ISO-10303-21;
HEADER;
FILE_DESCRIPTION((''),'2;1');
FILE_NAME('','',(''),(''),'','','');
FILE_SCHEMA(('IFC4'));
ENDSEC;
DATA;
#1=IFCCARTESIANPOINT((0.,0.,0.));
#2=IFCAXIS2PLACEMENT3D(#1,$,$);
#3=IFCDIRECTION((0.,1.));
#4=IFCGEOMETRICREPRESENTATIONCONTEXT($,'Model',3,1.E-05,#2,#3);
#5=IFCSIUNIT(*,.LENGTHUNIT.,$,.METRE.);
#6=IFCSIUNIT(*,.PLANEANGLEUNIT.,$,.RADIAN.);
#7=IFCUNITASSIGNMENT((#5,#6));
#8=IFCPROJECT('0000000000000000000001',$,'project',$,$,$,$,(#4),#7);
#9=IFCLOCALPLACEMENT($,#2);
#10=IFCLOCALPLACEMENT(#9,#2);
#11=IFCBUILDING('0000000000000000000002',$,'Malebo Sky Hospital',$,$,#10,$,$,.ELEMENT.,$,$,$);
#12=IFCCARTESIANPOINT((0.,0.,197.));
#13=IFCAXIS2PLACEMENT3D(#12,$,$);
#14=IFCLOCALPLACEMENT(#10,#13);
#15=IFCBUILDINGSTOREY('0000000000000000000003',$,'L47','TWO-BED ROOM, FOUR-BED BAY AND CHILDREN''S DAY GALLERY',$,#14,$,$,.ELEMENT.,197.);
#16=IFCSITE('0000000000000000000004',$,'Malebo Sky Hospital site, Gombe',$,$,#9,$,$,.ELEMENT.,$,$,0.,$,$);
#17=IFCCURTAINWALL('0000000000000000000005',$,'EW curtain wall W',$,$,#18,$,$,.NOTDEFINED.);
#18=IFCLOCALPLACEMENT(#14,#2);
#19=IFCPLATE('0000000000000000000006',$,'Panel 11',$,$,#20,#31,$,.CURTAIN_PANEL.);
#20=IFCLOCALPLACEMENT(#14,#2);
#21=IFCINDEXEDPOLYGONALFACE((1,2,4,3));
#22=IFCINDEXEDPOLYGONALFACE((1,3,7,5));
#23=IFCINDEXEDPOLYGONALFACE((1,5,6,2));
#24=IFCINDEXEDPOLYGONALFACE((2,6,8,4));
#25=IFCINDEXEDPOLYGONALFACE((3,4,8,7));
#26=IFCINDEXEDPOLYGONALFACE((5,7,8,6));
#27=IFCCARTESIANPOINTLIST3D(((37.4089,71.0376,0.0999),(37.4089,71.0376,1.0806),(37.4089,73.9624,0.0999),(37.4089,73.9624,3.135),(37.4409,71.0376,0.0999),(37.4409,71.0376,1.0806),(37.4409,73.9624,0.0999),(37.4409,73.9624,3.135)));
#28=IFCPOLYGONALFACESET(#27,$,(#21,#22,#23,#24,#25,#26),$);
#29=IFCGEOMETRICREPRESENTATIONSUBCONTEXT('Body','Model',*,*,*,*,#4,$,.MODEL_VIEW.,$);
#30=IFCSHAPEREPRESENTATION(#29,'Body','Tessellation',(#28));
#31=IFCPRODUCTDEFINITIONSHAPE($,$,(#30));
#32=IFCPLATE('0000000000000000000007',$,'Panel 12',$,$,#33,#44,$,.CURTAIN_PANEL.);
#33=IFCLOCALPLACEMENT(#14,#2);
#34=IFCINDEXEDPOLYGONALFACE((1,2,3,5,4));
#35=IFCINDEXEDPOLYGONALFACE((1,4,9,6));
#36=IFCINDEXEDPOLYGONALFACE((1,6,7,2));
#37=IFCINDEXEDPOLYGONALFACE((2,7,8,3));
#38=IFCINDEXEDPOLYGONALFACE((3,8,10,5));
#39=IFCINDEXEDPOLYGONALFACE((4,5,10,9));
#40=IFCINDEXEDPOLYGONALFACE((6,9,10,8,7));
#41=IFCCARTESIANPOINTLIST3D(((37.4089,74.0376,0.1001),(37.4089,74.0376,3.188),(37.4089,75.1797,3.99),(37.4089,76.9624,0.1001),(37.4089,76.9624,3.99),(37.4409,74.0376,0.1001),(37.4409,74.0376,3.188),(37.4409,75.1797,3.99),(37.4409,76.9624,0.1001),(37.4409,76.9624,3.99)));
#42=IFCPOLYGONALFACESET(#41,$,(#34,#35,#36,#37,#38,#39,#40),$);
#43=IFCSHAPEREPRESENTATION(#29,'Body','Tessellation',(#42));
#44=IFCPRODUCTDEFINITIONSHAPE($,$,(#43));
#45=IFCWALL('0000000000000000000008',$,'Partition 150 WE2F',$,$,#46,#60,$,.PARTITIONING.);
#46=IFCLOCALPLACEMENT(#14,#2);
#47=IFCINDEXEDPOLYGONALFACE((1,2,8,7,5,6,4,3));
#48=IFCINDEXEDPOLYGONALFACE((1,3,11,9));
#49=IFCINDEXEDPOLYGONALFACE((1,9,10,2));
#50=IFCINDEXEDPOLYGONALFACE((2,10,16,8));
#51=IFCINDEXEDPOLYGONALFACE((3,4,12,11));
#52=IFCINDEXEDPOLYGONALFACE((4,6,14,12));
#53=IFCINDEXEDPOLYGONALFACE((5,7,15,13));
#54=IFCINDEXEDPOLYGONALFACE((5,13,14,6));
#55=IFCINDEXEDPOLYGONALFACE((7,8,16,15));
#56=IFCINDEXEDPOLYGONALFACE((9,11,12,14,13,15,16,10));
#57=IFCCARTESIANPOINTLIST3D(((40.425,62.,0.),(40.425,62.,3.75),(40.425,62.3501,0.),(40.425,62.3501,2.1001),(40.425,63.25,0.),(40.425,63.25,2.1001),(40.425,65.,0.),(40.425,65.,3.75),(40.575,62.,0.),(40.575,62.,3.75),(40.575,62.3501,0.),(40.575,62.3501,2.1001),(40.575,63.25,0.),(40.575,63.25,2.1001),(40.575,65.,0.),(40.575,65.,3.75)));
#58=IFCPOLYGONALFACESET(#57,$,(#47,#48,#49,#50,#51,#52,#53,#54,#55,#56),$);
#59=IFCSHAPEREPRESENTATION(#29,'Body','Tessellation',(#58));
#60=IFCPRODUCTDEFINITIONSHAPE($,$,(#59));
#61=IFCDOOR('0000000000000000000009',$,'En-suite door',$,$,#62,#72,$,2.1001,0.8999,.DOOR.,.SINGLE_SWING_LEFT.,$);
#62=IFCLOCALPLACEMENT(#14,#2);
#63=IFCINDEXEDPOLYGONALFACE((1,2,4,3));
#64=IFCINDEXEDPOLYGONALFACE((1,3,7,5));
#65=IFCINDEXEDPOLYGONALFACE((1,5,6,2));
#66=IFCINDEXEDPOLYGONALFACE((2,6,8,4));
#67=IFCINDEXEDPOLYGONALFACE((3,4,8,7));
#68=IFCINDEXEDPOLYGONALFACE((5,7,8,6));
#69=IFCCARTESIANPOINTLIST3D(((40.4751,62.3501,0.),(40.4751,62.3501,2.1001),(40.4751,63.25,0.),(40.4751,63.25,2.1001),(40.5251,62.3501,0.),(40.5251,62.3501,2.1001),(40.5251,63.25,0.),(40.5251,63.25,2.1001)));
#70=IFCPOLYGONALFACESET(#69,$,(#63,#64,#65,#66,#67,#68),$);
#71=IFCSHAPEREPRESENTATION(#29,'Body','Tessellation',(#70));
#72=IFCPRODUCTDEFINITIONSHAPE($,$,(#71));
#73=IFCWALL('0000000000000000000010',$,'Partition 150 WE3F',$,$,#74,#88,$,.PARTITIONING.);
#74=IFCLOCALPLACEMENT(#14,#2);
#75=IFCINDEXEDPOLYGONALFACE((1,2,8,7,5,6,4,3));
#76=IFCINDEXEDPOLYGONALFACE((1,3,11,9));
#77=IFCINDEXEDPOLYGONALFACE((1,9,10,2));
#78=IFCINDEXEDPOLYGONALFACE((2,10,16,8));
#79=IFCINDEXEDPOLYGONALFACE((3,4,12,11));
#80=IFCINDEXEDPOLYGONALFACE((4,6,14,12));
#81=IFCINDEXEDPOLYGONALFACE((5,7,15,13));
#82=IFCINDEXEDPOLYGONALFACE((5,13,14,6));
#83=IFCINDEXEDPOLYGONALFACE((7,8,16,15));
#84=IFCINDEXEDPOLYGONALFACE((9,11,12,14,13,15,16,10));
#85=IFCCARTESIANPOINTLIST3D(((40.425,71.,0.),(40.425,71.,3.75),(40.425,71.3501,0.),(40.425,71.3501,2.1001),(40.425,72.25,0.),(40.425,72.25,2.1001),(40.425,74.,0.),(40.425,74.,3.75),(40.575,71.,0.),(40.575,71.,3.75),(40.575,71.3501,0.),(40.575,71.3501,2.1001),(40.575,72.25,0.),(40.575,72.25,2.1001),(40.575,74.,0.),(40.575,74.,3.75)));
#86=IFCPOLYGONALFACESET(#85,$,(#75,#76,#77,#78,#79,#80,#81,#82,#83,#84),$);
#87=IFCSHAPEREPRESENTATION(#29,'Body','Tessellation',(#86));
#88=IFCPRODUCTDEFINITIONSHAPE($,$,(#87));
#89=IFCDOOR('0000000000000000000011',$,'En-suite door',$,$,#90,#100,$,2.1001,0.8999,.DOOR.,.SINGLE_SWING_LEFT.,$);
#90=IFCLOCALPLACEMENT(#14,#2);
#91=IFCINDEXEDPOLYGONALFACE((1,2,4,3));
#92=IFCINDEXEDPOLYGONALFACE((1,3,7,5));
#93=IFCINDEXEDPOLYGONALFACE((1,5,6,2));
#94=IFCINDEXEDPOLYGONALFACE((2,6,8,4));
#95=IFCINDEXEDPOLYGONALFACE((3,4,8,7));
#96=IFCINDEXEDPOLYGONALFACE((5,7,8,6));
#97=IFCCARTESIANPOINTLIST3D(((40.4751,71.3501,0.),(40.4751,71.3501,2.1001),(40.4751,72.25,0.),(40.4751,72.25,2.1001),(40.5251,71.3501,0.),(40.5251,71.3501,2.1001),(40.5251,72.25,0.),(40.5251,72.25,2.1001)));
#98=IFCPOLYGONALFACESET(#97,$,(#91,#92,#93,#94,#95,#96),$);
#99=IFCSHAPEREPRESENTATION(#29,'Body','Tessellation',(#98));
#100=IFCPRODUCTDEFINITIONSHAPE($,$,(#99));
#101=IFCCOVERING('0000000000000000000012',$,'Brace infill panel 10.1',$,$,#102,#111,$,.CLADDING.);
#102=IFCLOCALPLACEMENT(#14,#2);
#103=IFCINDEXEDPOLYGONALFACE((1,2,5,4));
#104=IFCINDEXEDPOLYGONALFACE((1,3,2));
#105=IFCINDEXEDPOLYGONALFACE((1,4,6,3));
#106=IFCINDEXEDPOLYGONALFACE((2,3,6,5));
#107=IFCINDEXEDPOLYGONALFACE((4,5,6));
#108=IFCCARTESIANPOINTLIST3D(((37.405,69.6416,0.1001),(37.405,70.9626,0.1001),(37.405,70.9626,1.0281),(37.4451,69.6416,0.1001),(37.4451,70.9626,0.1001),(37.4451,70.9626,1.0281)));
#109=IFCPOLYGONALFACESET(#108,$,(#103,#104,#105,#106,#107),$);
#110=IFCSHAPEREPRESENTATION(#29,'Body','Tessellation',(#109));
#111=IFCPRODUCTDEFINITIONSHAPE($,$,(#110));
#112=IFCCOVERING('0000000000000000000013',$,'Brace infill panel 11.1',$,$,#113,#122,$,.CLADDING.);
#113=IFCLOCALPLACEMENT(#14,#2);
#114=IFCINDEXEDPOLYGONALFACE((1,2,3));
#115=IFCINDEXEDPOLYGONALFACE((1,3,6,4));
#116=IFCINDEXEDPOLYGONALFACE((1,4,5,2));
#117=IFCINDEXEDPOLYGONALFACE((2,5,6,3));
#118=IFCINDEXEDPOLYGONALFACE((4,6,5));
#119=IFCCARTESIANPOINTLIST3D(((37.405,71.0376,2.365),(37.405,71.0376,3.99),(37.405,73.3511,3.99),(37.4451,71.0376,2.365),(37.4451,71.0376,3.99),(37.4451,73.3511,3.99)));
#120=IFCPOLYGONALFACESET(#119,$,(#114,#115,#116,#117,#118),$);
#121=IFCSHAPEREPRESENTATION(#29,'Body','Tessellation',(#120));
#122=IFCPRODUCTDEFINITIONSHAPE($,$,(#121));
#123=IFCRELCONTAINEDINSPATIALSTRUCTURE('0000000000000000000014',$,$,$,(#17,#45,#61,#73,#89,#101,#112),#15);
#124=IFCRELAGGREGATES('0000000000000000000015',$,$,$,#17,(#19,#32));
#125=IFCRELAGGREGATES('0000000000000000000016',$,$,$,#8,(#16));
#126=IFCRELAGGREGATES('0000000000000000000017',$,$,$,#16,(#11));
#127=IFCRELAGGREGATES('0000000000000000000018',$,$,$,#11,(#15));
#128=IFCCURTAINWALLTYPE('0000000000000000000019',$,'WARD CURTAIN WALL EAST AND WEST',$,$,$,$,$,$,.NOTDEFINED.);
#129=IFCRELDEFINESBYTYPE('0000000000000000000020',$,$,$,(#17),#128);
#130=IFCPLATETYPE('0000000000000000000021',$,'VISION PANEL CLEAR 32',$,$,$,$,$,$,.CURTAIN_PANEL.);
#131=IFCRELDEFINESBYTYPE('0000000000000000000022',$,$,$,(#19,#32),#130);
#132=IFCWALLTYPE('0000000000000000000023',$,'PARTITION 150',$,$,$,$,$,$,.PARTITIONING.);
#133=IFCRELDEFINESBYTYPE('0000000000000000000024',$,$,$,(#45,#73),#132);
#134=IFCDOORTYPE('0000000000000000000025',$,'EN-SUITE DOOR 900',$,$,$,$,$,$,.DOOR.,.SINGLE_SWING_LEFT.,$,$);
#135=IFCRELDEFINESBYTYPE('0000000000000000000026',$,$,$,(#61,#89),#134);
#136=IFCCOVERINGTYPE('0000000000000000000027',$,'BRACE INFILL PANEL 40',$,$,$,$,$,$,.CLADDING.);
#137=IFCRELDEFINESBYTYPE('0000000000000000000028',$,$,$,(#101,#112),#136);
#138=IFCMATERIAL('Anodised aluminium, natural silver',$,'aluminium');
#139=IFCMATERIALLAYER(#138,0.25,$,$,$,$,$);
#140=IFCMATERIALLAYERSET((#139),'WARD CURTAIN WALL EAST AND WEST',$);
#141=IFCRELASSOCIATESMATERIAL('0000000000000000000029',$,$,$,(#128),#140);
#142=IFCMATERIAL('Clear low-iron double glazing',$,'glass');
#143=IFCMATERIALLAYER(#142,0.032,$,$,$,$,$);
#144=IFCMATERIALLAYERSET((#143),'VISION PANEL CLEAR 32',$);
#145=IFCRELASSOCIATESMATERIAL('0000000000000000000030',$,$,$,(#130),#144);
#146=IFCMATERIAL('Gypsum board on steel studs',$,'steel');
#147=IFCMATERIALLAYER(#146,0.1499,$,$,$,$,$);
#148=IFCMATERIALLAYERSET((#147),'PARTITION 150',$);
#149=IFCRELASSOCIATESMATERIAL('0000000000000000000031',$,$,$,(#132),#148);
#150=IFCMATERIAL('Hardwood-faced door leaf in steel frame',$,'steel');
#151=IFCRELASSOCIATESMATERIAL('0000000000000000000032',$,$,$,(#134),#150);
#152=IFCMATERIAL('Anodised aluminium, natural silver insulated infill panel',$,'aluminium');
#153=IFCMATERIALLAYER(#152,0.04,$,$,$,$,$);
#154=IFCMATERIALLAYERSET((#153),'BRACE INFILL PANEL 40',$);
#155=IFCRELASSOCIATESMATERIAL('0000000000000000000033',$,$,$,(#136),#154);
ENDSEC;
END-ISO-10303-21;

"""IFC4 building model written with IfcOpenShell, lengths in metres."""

from ifc_helpers import new_model, si_unit, direction, frame, frame_2d, origin, place, context, subcontext, project, spatial, polyline, rectangle, outline, extrude, material, layer, layer_set, type_object, element, fill, aggregate, save


model = new_model("IFC4")

# Units and contexts
model_context = context("Model", 3, precision=1e-05, world=origin(), true_north=direction((0.0, 1.0)))
body_context = subcontext(model_context, "Body", "Model", "MODEL_VIEW")
ifc_project = project(units=[si_unit("LENGTHUNIT", "METRE"), si_unit("PLANEANGLEUNIT", "RADIAN")], contexts=[model_context])

# Site, building, storey
site_placement = place(None, origin())
site = spatial("IfcSite", under=ifc_project, at=site_placement, Name="Malebo Sky Hospital site, Gombe", CompositionType="ELEMENT", RefElevation=0.0)
building_placement = place(site_placement, origin())
building = spatial("IfcBuilding", under=site, at=building_placement, Name="Malebo Sky Hospital", CompositionType="ELEMENT")
storey_placement = place(building_placement, frame((0.0, 0.0, 197.0)))
storey = spatial("IfcBuildingStorey", under=building, at=storey_placement, Name="L47", Description="TWO-BED ROOM, FOUR-BED BAY AND CHILDREN'S DAY GALLERY", CompositionType="ELEMENT", Elevation=197.0)

# Curtain wall
ifc_material_1 = material(Name="Anodised aluminium, natural silver", Category="aluminium")
ifc_layer_1 = layer(ifc_material_1, 0.25)
ifc_layer_set_1 = layer_set([ifc_layer_1], Name="WARD CURTAIN WALL EAST AND WEST")
curtain_wall_type = type_object("IfcCurtainWallType", Name="WARD CURTAIN WALL EAST AND WEST", PredefinedType="NOTDEFINED", material=ifc_layer_set_1)
curtain_wall_placement = place(storey_placement, origin())
curtain_wall = element("IfcCurtainWall", 1, at=curtain_wall_placement, inside=storey, type_object=curtain_wall_type, Name="EW curtain wall W", PredefinedType="NOTDEFINED")

# Plates
ifc_material_2 = material(Name="Clear low-iron double glazing", Category="glass")
ifc_layer_2 = layer(ifc_material_2, 0.032)
ifc_layer_set_2 = layer_set([ifc_layer_2], Name="VISION PANEL CLEAR 32")
plate_type = type_object("IfcPlateType", Name="VISION PANEL CLEAR 32", PredefinedType="CURTAIN_PANEL", material=ifc_layer_set_2)
plate_1_placement = place(storey_placement, frame((37.425, 72.5, 0.0999), z_axis=(0.0, 0.0, 1.0), x_axis=(0.0, 1.0, 0.0)))
plate_1 = element("IfcPlate", 2, at=plate_1_placement, type_object=plate_type, Name="Panel 11", PredefinedType="CURTAIN_PANEL", context=body_context, shape_type="SweptSolid", body=[
    extrude(outline(polyline([(-1.4624, 0.0), (1.4624, 0.0), (1.4624, 3.0352), (-1.4624, 0.9807), (-1.4624, 0.0)])), frame((0.0, 0.0161, 0.0), z_axis=(0.0, -1.0, 0.0), x_axis=(1.0, 0.0, 0.0)), (0.0, 0.0, 1.0), 0.032),
])
plate_2_placement = place(storey_placement, frame((37.425, 75.5, 0.1001), z_axis=(0.0, 0.0, 1.0), x_axis=(0.0, 1.0, 0.0)))
plate_2 = element("IfcPlate", 3, at=plate_2_placement, type_object=plate_type, Name="Panel 12", PredefinedType="CURTAIN_PANEL", context=body_context, shape_type="SweptSolid", body=[
    extrude(outline(polyline([(-1.4624, 0.0), (1.4624, 0.0), (1.4624, 3.8899), (-0.3203, 3.8899), (-1.4624, 3.0879), (-1.4624, 0.0)])), frame((0.0, 0.0161, 0.0), z_axis=(0.0, -1.0, 0.0), x_axis=(1.0, 0.0, 0.0)), (0.0, 0.0, 1.0), 0.032),
])
aggregate(curtain_wall, [plate_1, plate_2])

# Walls, openings, doors
ifc_material_3 = material(Name="Gypsum board on steel studs", Category="steel")
ifc_layer_3 = layer(ifc_material_3, 0.1499)
ifc_layer_set_3 = layer_set([ifc_layer_3], Name="PARTITION 150")
wall_type = type_object("IfcWallType", Name="PARTITION 150", PredefinedType="PARTITIONING", material=ifc_layer_set_3)
wall_1_placement = place(storey_placement, frame((40.5, 62.0, 0.0), z_axis=(0.0, 0.0, 1.0), x_axis=(0.0, 1.0, 0.0)))
wall_1 = element("IfcWall", 4, at=wall_1_placement, inside=storey, type_object=wall_type, Name="Partition 150 WE2F", PredefinedType="PARTITIONING", context=body_context, shape_type="SweptSolid", body=[
    extrude(rectangle(XDim=3.0, YDim=0.1499, at=frame_2d((1.5, 0.0))), origin(), (0.0, 0.0, 1.0), 3.75),
])
opening_1_placement = place(wall_1_placement, frame((0.3501, 0.0, 0.0)))
opening_1 = element("IfcOpeningElement", 5, at=opening_1_placement, cuts=wall_1, PredefinedType="OPENING", context=body_context, shape_type="SweptSolid", body=[
    extrude(rectangle(XDim=0.8999, YDim=2.1001, at=frame_2d((0.45, 1.05))), frame((0.0, 0.085, 0.0), z_axis=(0.0, -1.0, 0.0), x_axis=(1.0, 0.0, 0.0)), (0.0, 0.0, 1.0), 0.1699),
])
ifc_material_4 = material(Name="Hardwood-faced door leaf in steel frame", Category="steel")
door_type = type_object("IfcDoorType", Name="EN-SUITE DOOR 900", OperationType="SINGLE_SWING_LEFT", PredefinedType="DOOR", material=ifc_material_4)
door_1_placement = place(opening_1_placement, origin())
door_1 = element("IfcDoor", 6, at=door_1_placement, inside=storey, type_object=door_type, Name="En-suite door", OperationType="SINGLE_SWING_LEFT", OverallHeight=2.1001, OverallWidth=0.8999, PredefinedType="DOOR", context=body_context, shape_type="SweptSolid", body=[
    extrude(rectangle(XDim=0.8999, YDim=2.1001, at=frame_2d((0.45, 1.05))), frame((0.0, 0.0249, 0.0), z_axis=(0.0, -1.0, 0.0), x_axis=(1.0, 0.0, 0.0)), (0.0, 0.0, 1.0), 0.05),
])
fill(opening_1, door_1)
wall_2_placement = place(storey_placement, frame((40.5, 71.0, 0.0), z_axis=(0.0, 0.0, 1.0), x_axis=(0.0, 1.0, 0.0)))
wall_2 = element("IfcWall", 7, at=wall_2_placement, inside=storey, type_object=wall_type, Name="Partition 150 WE3F", PredefinedType="PARTITIONING", context=body_context, shape_type="SweptSolid", body=[
    extrude(rectangle(XDim=3.0, YDim=0.1499, at=frame_2d((1.5, 0.0))), origin(), (0.0, 0.0, 1.0), 3.75),
])
opening_2_placement = place(wall_2_placement, frame((0.3501, 0.0, 0.0)))
opening_2 = element("IfcOpeningElement", 8, at=opening_2_placement, cuts=wall_2, PredefinedType="OPENING", context=body_context, shape_type="SweptSolid", body=[
    extrude(rectangle(XDim=0.8999, YDim=2.1001, at=frame_2d((0.45, 1.05))), frame((0.0, 0.085, 0.0), z_axis=(0.0, -1.0, 0.0), x_axis=(1.0, 0.0, 0.0)), (0.0, 0.0, 1.0), 0.1699),
])
door_2_placement = place(opening_2_placement, origin())
door_2 = element("IfcDoor", 9, at=door_2_placement, inside=storey, type_object=door_type, Name="En-suite door", OperationType="SINGLE_SWING_LEFT", OverallHeight=2.1001, OverallWidth=0.8999, PredefinedType="DOOR", context=body_context, shape_type="SweptSolid", body=[
    extrude(rectangle(XDim=0.8999, YDim=2.1001, at=frame_2d((0.45, 1.05))), frame((0.0, 0.0249, 0.0), z_axis=(0.0, -1.0, 0.0), x_axis=(1.0, 0.0, 0.0)), (0.0, 0.0, 1.0), 0.05),
])
fill(opening_2, door_2)

# Coverings
ifc_material_5 = material(Name="Anodised aluminium, natural silver insulated infill panel", Category="aluminium")
ifc_layer_4 = layer(ifc_material_5, 0.04)
ifc_layer_set_4 = layer_set([ifc_layer_4], Name="BRACE INFILL PANEL 40")
covering_type = type_object("IfcCoveringType", Name="BRACE INFILL PANEL 40", PredefinedType="CLADDING", material=ifc_layer_set_4)
covering_1_placement = place(storey_placement, frame((37.425, 70.302, 0.1001), z_axis=(0.0, 0.0, 1.0), x_axis=(0.0, 1.0, 0.0)))
element("IfcCovering", 10, at=covering_1_placement, inside=storey, type_object=covering_type, Name="Brace infill panel 10.1", PredefinedType="CLADDING", context=body_context, shape_type="SweptSolid", body=[
    extrude(outline(polyline([(-0.6604, 0.0), (0.6606, 0.0), (0.6606, 0.928), (-0.6604, 0.0)])), frame((0.0, 0.02, 0.0), z_axis=(0.0, -1.0, 0.0), x_axis=(1.0, 0.0, 0.0)), (0.0, 0.0, 1.0), 0.04),
])
covering_2_placement = place(storey_placement, frame((37.425, 72.1943, 2.365), z_axis=(0.0, 0.0, 1.0), x_axis=(0.0, 1.0, 0.0)))
element("IfcCovering", 11, at=covering_2_placement, inside=storey, type_object=covering_type, Name="Brace infill panel 11.1", PredefinedType="CLADDING", context=body_context, shape_type="SweptSolid", body=[
    extrude(outline(polyline([(-1.1567, 0.0), (1.1567, 1.625), (-1.1567, 1.625), (-1.1567, 0.0)])), frame((0.0, 0.02, 0.0), z_axis=(0.0, -1.0, 0.0), x_axis=(1.0, 0.0, 0.0)), (0.0, 0.0, 1.0), 0.04),
])

save(model, "model.ifc")
